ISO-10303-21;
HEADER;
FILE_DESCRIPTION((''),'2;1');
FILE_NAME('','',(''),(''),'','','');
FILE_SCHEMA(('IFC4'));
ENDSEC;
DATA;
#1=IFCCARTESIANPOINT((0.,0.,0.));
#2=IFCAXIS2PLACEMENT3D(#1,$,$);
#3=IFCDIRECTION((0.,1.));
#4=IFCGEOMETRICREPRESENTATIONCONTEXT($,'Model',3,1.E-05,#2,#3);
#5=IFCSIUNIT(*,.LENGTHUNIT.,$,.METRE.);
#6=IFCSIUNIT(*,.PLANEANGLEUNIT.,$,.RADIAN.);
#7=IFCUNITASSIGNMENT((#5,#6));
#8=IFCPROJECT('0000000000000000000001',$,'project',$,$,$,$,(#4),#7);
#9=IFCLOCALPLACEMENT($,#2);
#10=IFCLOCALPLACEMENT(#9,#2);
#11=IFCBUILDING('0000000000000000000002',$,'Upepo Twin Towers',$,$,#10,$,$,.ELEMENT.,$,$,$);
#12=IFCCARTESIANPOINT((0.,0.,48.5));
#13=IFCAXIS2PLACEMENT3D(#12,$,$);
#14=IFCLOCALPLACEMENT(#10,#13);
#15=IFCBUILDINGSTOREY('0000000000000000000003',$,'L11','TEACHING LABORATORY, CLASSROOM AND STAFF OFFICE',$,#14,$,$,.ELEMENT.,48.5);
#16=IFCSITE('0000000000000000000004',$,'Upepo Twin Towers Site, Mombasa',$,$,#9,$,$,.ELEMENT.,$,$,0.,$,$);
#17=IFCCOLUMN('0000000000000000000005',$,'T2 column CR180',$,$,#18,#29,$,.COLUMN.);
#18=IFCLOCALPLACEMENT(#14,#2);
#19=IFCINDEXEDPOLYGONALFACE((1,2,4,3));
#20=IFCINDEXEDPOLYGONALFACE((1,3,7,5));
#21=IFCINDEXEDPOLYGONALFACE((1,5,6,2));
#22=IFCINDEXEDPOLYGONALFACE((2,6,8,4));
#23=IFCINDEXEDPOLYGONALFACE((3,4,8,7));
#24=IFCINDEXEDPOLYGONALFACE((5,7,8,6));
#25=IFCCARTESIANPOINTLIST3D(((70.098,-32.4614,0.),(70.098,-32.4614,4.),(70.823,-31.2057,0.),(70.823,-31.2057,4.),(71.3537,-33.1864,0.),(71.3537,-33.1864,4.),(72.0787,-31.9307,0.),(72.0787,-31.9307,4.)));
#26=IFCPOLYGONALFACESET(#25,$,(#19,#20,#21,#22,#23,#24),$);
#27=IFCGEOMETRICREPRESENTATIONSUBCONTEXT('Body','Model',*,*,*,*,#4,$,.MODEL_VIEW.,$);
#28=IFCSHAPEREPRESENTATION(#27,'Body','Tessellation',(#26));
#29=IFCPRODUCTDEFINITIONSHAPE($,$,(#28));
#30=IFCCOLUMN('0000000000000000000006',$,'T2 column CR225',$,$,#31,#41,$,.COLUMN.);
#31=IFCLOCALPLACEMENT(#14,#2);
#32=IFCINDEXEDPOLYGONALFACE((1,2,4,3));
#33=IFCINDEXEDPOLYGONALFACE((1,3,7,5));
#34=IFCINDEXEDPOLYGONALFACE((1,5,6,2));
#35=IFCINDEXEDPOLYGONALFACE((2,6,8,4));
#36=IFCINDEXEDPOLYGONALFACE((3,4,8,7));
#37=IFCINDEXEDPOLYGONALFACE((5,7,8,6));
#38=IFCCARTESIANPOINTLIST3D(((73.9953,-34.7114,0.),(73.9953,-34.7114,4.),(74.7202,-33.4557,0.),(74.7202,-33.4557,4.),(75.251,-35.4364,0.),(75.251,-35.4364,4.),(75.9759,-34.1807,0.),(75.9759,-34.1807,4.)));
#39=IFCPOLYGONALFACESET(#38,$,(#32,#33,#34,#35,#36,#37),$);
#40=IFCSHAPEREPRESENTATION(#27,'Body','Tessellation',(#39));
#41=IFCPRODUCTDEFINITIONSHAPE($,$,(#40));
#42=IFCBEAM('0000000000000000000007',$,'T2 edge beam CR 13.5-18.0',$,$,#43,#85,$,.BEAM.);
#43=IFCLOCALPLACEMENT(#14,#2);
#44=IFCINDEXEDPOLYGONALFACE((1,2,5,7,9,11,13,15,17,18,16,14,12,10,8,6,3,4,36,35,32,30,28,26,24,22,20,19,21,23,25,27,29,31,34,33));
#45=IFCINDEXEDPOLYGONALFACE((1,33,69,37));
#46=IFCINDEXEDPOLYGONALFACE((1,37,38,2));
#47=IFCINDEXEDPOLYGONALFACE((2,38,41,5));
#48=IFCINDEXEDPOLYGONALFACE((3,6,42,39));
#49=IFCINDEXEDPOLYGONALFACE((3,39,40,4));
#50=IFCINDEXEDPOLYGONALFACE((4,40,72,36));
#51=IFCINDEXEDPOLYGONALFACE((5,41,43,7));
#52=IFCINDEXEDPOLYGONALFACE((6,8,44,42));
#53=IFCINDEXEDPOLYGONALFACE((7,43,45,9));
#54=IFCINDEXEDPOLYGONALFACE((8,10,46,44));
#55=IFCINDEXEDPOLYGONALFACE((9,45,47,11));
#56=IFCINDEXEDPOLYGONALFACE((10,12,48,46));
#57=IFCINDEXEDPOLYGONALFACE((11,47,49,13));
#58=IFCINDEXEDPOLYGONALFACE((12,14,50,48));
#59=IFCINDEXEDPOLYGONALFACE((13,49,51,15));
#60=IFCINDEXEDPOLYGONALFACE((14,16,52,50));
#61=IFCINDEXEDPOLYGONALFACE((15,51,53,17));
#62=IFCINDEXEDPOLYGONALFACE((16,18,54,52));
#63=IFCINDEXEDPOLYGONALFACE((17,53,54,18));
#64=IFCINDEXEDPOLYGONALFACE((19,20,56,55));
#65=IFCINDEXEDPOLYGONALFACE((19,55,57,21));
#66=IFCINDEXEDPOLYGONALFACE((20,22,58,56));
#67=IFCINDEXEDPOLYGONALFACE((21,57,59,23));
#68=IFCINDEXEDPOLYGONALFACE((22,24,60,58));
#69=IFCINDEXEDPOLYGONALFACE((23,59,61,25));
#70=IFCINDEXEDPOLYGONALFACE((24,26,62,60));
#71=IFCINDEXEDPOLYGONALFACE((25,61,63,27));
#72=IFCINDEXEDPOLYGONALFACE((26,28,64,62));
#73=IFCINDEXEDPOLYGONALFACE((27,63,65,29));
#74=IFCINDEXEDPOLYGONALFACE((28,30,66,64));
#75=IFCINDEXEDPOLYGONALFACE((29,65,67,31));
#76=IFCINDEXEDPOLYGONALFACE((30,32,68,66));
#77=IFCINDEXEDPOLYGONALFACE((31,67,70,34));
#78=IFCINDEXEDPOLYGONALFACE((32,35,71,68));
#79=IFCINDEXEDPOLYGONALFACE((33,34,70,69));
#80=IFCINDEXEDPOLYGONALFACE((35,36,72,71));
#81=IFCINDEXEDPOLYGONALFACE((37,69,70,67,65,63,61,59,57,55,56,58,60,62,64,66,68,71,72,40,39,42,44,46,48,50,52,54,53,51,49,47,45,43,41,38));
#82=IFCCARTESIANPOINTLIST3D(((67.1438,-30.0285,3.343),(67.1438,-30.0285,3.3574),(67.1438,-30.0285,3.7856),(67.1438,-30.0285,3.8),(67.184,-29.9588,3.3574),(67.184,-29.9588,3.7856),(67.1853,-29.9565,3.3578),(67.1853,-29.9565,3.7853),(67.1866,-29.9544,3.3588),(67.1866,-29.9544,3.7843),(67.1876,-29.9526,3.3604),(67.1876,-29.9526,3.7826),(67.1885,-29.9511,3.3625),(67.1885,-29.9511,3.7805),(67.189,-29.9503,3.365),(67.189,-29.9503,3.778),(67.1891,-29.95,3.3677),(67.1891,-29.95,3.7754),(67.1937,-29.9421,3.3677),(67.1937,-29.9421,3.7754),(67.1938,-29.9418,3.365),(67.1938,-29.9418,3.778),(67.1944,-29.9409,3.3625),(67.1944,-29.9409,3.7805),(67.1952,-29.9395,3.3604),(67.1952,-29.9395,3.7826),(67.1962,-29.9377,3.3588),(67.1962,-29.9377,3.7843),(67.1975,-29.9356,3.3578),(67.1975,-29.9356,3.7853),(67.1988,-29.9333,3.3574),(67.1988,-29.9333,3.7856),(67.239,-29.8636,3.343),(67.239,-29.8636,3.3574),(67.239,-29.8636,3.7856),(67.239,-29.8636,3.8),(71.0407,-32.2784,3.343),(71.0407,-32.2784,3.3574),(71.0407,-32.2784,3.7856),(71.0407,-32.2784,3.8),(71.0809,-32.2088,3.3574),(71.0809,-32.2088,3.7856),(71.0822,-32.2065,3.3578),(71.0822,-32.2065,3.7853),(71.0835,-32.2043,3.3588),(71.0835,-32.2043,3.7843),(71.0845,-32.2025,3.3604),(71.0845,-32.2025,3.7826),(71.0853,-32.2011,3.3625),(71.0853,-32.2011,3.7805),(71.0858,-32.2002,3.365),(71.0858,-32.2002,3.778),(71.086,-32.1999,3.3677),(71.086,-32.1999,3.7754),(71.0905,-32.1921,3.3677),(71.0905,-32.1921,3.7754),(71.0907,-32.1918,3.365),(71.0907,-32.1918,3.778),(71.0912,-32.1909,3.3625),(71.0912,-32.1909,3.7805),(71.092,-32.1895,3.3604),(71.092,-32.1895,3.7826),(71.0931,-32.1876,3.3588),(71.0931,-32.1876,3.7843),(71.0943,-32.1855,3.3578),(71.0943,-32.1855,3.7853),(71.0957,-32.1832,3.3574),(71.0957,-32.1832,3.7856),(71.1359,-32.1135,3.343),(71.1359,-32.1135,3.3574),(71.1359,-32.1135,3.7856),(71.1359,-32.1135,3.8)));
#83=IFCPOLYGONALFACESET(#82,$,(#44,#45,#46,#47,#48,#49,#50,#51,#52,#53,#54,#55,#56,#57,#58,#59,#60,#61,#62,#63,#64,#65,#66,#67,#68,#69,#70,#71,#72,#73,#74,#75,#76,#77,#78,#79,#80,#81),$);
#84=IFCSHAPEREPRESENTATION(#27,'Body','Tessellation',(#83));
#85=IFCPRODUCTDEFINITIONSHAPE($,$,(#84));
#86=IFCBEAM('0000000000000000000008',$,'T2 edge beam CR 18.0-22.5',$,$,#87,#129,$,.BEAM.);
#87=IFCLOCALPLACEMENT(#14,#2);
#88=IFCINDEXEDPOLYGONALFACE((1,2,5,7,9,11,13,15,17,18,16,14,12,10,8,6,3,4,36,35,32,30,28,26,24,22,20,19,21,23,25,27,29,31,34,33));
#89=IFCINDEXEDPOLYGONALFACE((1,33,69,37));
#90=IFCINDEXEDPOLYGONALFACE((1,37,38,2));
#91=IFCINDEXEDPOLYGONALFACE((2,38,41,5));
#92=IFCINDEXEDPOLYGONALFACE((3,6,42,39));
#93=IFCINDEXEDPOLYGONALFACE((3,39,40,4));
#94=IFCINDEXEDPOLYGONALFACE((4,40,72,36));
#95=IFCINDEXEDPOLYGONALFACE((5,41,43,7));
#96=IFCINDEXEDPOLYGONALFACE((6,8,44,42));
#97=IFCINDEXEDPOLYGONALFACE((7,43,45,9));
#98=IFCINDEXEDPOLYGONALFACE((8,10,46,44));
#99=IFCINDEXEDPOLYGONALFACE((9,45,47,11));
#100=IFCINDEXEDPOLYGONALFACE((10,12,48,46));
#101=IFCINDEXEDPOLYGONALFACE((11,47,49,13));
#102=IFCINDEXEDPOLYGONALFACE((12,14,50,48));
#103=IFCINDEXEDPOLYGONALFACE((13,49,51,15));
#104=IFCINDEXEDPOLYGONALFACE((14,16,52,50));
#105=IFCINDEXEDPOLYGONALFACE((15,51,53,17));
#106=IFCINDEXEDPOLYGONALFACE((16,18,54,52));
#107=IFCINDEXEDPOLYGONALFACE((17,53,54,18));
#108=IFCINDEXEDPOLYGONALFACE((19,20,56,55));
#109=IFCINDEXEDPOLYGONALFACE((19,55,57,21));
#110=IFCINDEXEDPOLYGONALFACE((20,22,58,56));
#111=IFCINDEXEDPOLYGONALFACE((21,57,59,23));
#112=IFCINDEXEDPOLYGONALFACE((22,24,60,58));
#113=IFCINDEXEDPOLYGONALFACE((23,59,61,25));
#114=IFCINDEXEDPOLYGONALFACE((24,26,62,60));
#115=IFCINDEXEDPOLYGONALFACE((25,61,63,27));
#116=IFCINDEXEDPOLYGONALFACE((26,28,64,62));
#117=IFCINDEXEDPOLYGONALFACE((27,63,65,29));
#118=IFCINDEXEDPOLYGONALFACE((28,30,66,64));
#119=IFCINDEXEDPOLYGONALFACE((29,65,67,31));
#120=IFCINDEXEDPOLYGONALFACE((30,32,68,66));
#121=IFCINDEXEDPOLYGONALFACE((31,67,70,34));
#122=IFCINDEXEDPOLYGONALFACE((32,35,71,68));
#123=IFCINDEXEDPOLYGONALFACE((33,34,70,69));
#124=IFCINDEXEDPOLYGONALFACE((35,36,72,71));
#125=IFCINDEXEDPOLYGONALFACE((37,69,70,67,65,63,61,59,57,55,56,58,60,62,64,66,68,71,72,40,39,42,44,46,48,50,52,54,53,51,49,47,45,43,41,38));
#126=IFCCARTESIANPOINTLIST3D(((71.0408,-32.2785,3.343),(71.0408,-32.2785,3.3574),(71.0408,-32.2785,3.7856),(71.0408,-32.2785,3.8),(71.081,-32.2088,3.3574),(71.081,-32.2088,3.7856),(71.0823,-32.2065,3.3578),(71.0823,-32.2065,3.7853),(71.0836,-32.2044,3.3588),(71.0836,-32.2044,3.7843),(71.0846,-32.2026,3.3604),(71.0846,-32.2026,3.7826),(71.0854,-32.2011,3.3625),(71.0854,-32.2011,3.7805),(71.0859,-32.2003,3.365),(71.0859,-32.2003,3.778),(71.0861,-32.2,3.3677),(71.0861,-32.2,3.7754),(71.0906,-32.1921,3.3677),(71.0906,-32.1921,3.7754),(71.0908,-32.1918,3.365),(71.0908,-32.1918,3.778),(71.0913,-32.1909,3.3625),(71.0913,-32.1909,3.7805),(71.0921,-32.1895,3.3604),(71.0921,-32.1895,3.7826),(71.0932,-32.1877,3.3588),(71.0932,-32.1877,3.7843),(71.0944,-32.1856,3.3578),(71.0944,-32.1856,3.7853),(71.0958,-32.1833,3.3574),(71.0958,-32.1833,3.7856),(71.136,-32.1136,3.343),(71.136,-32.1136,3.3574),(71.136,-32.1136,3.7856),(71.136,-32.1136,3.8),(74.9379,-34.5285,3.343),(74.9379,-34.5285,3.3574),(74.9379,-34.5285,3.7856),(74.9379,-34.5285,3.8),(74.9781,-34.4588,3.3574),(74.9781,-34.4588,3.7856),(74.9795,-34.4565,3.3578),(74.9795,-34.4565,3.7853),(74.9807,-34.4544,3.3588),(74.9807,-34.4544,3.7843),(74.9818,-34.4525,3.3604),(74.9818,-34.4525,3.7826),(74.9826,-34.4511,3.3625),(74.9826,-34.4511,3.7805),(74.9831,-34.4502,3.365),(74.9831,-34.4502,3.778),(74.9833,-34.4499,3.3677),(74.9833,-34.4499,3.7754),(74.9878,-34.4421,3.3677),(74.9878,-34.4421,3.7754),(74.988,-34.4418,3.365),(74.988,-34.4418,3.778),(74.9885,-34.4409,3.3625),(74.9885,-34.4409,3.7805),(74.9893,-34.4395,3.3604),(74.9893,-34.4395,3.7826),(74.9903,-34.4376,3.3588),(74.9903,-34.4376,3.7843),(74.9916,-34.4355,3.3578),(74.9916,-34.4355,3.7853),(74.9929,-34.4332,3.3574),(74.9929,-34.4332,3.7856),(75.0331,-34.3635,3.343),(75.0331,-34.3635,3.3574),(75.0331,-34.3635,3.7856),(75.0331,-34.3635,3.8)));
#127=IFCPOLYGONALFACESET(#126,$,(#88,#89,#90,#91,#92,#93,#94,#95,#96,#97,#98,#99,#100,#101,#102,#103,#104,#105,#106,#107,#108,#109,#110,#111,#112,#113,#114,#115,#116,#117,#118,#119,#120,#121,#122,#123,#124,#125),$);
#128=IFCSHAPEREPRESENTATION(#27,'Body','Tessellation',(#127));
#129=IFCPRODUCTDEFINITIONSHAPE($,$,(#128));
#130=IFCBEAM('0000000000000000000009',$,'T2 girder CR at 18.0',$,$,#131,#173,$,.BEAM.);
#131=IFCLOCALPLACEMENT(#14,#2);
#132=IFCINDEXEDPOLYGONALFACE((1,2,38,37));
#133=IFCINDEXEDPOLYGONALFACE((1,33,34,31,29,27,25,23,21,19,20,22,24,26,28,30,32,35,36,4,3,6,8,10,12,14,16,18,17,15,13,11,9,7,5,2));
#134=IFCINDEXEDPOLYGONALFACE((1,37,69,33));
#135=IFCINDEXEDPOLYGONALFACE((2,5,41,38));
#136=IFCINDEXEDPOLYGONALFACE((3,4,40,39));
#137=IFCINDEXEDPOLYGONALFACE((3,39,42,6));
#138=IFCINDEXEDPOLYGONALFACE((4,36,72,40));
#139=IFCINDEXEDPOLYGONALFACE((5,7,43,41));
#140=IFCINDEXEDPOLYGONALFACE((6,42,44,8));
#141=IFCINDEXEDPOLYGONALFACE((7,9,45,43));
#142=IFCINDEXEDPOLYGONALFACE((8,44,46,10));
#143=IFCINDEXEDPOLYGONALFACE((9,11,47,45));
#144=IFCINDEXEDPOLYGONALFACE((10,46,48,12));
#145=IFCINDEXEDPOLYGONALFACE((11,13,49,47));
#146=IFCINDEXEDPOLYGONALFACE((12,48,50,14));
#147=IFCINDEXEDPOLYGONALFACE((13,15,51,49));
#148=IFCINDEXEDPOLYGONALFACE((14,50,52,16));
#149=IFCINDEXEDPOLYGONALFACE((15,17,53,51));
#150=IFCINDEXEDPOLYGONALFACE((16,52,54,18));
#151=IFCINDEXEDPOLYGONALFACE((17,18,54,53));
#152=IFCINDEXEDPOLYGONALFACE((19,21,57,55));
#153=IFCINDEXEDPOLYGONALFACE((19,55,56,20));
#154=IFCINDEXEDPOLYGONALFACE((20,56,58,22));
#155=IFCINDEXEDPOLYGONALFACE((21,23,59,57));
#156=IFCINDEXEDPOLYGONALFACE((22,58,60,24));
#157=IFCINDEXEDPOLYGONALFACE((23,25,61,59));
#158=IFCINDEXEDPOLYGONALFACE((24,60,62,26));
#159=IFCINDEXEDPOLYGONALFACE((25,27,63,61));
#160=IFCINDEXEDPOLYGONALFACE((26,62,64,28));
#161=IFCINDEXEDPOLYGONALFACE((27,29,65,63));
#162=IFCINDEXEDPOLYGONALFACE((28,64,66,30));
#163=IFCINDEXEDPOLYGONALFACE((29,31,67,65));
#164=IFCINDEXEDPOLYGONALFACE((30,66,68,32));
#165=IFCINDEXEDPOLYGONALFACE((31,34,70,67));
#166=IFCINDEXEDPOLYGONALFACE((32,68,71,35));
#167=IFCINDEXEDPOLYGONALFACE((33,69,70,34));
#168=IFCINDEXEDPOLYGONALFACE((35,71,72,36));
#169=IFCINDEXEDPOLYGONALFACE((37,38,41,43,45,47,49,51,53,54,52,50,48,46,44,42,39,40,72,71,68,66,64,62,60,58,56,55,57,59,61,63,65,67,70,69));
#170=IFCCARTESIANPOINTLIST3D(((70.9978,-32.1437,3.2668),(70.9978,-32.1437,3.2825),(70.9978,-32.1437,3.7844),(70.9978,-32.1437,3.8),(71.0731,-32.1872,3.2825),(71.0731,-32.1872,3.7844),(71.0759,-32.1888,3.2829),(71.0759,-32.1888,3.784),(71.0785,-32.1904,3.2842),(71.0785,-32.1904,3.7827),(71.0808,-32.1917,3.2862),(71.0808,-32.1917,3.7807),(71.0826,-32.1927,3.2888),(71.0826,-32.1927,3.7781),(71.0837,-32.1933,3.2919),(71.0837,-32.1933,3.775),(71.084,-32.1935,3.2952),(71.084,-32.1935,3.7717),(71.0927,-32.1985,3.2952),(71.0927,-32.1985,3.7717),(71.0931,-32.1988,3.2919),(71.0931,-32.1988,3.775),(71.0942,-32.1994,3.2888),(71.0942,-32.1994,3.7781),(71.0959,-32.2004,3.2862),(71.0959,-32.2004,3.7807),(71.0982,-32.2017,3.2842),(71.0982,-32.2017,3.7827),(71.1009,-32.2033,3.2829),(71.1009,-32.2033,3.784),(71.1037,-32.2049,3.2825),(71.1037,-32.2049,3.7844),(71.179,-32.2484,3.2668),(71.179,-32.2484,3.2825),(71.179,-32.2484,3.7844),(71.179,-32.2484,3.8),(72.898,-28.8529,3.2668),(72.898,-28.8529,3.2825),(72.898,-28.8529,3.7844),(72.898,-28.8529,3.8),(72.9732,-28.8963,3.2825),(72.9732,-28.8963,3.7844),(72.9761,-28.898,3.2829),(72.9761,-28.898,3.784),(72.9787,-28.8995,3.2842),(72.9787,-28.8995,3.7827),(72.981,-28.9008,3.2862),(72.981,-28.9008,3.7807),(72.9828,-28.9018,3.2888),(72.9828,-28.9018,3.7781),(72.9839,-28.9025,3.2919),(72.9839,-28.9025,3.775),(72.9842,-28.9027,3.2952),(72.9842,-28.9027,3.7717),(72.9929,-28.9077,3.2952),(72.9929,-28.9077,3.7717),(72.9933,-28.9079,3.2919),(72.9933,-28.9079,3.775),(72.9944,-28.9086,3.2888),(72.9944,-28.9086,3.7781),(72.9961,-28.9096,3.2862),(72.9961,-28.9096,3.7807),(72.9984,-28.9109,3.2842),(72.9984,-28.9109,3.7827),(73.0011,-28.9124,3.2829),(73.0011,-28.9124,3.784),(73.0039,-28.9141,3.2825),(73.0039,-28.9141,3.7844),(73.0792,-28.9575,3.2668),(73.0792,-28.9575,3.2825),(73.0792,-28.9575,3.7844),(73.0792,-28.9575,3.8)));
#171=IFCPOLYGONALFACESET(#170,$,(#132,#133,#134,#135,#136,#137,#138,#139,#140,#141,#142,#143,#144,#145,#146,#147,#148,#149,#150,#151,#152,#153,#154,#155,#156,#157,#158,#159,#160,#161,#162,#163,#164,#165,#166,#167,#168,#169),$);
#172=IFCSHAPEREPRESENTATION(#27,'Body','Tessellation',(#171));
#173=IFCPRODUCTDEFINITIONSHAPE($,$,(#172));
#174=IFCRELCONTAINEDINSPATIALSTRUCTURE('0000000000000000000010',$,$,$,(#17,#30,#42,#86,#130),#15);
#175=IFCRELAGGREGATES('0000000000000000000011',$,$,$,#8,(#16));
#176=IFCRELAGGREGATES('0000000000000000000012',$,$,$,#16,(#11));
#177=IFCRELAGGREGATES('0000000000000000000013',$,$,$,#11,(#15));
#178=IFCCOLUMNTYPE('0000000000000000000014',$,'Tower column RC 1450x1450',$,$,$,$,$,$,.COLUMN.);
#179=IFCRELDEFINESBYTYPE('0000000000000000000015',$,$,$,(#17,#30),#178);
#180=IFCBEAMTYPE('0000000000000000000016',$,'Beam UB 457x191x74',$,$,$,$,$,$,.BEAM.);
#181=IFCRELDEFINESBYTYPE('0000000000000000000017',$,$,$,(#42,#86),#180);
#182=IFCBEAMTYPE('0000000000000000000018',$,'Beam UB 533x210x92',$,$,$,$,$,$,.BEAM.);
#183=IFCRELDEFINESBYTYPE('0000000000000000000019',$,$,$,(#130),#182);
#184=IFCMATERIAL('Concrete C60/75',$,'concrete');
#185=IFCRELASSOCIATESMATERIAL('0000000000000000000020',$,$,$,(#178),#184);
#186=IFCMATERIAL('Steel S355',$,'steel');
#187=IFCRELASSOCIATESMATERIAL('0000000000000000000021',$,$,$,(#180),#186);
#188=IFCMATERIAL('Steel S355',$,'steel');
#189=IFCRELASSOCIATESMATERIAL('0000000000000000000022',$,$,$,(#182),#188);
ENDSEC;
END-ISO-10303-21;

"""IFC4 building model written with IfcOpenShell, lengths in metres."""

from ifc_helpers import new_model, si_unit, direction, frame, origin, origin_2d, place, context, subcontext, project, spatial, rectangle, i_section, extrude, material, material_profile, profile_set, type_object, element, save


model = new_model("IFC4")

# Units and contexts
model_context = context("Model", 3, precision=1e-05, world=origin(), true_north=direction((0.0, 1.0)))
body_context = subcontext(model_context, "Body", "Model", "MODEL_VIEW")
ifc_project = project(units=[si_unit("LENGTHUNIT", "METRE"), si_unit("PLANEANGLEUNIT", "RADIAN")], contexts=[model_context])

# Site, building, storey
site_placement = place(None, origin())
site = spatial("IfcSite", under=ifc_project, at=site_placement, Name="Upepo Twin Towers Site, Mombasa", CompositionType="ELEMENT", RefElevation=0.0)
building_placement = place(site_placement, origin())
building = spatial("IfcBuilding", under=site, at=building_placement, Name="Upepo Twin Towers", CompositionType="ELEMENT")
storey_placement = place(building_placement, frame((0.0, 0.0, 48.5)))
storey = spatial("IfcBuildingStorey", under=building, at=storey_placement, Name="L11", Description="TEACHING LABORATORY, CLASSROOM AND STAFF OFFICE", CompositionType="ELEMENT", Elevation=48.5)

# Columns
ifc_material_1 = material(Name="Concrete C60/75", Category="concrete")
ifc_material_profile_1 = material_profile(ifc_material_1, rectangle(XDim=1.45, YDim=1.45, at=origin_2d()), Name="RC 1450x1450")
ifc_profile_set_1 = profile_set([ifc_material_profile_1], Name="Concrete C60/75")
column_type = type_object("IfcColumnType", Name="Tower column RC 1450x1450", PredefinedType="COLUMN", material=ifc_profile_set_1)
for number, where, z_axis, x_axis, name in (
    (1, (71.0884, -32.196, 0.0), (0.0, 0.0, 1.0), (0.5, 0.866025, 0.0), "T2 column CR180"),
    (2, (74.9856, -34.446, 0.0), (0.0, 0.0, 1.0), (0.5, 0.866025, 0.0), "T2 column CR225"),
):
    element("IfcColumn", number, at=place(storey_placement, frame(where, z_axis=z_axis, x_axis=x_axis)), inside=storey, type_object=column_type, Name=name, PredefinedType="COLUMN", context=body_context, shape_type="SweptSolid", body=[
        extrude(rectangle(XDim=1.45, YDim=1.45, at=origin_2d()), origin(), (0.0, 0.0, 1.0), 4.0),
    ])

# Beams
ifc_material_2 = material(Name="Steel S355", Category="steel")
ifc_material_profile_2 = material_profile(ifc_material_2, i_section(OverallWidth=0.1904, OverallDepth=0.457, WebThickness=0.009, FlangeThickness=0.0144, FilletRadius=0.0103, at=origin_2d()), Name="UB 457x191x74")
ifc_profile_set_2 = profile_set([ifc_material_profile_2], Name="Steel S355")
beam_type_1 = type_object("IfcBeamType", Name="Beam UB 457x191x74", PredefinedType="BEAM", material=ifc_profile_set_2)
beam_1_placement = place(storey_placement, frame((67.1914, -29.946, 3.5715), z_axis=(0.866018, -0.500014, 0.0), x_axis=(0.500014, 0.866018, 0.0)))
element("IfcBeam", 3, at=beam_1_placement, inside=storey, type_object=beam_type_1, Name="T2 edge beam CR 13.5-18.0", PredefinedType="BEAM", context=body_context, shape_type="SweptSolid", body=[
    extrude(i_section(OverallWidth=0.1904, OverallDepth=0.457, WebThickness=0.009, FlangeThickness=0.0144, FilletRadius=0.0103, at=origin_2d()), origin(), (0.0, 0.0, 1.0), 4.4998),
])
beam_2_placement = place(storey_placement, frame((71.0884, -32.196, 3.5715), z_axis=(0.866031, -0.49999, 0.0), x_axis=(0.49999, 0.866031, 0.0)))
element("IfcBeam", 4, at=beam_2_placement, inside=storey, type_object=beam_type_1, Name="T2 edge beam CR 18.0-22.5", PredefinedType="BEAM", context=body_context, shape_type="SweptSolid", body=[
    extrude(i_section(OverallWidth=0.1904, OverallDepth=0.457, WebThickness=0.009, FlangeThickness=0.0144, FilletRadius=0.0103, at=origin_2d()), origin(), (0.0, 0.0, 1.0), 4.5),
])
ifc_material_3 = material(Name="Steel S355", Category="steel")
ifc_material_profile_3 = material_profile(ifc_material_3, i_section(OverallWidth=0.2092, OverallDepth=0.5332, WebThickness=0.01, FlangeThickness=0.0156, FilletRadius=0.0127, at=origin_2d()), Name="UB 533x210x92")
ifc_profile_set_3 = profile_set([ifc_material_profile_3], Name="Steel S355")
beam_type_2 = type_object("IfcBeamType", Name="Beam UB 533x210x92", PredefinedType="BEAM", material=ifc_profile_set_3)
beam_3_placement = place(storey_placement, frame((71.0884, -32.196, 3.5334), z_axis=(0.500043, 0.866, 0.0), x_axis=(-0.866, 0.500043, 0.0)))
element("IfcBeam", 5, at=beam_3_placement, inside=storey, type_object=beam_type_2, Name="T2 girder CR at 18.0", PredefinedType="BEAM", context=body_context, shape_type="SweptSolid", body=[
    extrude(i_section(OverallWidth=0.2092, OverallDepth=0.5332, WebThickness=0.01, FlangeThickness=0.0156, FilletRadius=0.0127, at=origin_2d()), origin(), (0.0, 0.0, 1.0), 3.8),
])

save(model, "model.ifc")
